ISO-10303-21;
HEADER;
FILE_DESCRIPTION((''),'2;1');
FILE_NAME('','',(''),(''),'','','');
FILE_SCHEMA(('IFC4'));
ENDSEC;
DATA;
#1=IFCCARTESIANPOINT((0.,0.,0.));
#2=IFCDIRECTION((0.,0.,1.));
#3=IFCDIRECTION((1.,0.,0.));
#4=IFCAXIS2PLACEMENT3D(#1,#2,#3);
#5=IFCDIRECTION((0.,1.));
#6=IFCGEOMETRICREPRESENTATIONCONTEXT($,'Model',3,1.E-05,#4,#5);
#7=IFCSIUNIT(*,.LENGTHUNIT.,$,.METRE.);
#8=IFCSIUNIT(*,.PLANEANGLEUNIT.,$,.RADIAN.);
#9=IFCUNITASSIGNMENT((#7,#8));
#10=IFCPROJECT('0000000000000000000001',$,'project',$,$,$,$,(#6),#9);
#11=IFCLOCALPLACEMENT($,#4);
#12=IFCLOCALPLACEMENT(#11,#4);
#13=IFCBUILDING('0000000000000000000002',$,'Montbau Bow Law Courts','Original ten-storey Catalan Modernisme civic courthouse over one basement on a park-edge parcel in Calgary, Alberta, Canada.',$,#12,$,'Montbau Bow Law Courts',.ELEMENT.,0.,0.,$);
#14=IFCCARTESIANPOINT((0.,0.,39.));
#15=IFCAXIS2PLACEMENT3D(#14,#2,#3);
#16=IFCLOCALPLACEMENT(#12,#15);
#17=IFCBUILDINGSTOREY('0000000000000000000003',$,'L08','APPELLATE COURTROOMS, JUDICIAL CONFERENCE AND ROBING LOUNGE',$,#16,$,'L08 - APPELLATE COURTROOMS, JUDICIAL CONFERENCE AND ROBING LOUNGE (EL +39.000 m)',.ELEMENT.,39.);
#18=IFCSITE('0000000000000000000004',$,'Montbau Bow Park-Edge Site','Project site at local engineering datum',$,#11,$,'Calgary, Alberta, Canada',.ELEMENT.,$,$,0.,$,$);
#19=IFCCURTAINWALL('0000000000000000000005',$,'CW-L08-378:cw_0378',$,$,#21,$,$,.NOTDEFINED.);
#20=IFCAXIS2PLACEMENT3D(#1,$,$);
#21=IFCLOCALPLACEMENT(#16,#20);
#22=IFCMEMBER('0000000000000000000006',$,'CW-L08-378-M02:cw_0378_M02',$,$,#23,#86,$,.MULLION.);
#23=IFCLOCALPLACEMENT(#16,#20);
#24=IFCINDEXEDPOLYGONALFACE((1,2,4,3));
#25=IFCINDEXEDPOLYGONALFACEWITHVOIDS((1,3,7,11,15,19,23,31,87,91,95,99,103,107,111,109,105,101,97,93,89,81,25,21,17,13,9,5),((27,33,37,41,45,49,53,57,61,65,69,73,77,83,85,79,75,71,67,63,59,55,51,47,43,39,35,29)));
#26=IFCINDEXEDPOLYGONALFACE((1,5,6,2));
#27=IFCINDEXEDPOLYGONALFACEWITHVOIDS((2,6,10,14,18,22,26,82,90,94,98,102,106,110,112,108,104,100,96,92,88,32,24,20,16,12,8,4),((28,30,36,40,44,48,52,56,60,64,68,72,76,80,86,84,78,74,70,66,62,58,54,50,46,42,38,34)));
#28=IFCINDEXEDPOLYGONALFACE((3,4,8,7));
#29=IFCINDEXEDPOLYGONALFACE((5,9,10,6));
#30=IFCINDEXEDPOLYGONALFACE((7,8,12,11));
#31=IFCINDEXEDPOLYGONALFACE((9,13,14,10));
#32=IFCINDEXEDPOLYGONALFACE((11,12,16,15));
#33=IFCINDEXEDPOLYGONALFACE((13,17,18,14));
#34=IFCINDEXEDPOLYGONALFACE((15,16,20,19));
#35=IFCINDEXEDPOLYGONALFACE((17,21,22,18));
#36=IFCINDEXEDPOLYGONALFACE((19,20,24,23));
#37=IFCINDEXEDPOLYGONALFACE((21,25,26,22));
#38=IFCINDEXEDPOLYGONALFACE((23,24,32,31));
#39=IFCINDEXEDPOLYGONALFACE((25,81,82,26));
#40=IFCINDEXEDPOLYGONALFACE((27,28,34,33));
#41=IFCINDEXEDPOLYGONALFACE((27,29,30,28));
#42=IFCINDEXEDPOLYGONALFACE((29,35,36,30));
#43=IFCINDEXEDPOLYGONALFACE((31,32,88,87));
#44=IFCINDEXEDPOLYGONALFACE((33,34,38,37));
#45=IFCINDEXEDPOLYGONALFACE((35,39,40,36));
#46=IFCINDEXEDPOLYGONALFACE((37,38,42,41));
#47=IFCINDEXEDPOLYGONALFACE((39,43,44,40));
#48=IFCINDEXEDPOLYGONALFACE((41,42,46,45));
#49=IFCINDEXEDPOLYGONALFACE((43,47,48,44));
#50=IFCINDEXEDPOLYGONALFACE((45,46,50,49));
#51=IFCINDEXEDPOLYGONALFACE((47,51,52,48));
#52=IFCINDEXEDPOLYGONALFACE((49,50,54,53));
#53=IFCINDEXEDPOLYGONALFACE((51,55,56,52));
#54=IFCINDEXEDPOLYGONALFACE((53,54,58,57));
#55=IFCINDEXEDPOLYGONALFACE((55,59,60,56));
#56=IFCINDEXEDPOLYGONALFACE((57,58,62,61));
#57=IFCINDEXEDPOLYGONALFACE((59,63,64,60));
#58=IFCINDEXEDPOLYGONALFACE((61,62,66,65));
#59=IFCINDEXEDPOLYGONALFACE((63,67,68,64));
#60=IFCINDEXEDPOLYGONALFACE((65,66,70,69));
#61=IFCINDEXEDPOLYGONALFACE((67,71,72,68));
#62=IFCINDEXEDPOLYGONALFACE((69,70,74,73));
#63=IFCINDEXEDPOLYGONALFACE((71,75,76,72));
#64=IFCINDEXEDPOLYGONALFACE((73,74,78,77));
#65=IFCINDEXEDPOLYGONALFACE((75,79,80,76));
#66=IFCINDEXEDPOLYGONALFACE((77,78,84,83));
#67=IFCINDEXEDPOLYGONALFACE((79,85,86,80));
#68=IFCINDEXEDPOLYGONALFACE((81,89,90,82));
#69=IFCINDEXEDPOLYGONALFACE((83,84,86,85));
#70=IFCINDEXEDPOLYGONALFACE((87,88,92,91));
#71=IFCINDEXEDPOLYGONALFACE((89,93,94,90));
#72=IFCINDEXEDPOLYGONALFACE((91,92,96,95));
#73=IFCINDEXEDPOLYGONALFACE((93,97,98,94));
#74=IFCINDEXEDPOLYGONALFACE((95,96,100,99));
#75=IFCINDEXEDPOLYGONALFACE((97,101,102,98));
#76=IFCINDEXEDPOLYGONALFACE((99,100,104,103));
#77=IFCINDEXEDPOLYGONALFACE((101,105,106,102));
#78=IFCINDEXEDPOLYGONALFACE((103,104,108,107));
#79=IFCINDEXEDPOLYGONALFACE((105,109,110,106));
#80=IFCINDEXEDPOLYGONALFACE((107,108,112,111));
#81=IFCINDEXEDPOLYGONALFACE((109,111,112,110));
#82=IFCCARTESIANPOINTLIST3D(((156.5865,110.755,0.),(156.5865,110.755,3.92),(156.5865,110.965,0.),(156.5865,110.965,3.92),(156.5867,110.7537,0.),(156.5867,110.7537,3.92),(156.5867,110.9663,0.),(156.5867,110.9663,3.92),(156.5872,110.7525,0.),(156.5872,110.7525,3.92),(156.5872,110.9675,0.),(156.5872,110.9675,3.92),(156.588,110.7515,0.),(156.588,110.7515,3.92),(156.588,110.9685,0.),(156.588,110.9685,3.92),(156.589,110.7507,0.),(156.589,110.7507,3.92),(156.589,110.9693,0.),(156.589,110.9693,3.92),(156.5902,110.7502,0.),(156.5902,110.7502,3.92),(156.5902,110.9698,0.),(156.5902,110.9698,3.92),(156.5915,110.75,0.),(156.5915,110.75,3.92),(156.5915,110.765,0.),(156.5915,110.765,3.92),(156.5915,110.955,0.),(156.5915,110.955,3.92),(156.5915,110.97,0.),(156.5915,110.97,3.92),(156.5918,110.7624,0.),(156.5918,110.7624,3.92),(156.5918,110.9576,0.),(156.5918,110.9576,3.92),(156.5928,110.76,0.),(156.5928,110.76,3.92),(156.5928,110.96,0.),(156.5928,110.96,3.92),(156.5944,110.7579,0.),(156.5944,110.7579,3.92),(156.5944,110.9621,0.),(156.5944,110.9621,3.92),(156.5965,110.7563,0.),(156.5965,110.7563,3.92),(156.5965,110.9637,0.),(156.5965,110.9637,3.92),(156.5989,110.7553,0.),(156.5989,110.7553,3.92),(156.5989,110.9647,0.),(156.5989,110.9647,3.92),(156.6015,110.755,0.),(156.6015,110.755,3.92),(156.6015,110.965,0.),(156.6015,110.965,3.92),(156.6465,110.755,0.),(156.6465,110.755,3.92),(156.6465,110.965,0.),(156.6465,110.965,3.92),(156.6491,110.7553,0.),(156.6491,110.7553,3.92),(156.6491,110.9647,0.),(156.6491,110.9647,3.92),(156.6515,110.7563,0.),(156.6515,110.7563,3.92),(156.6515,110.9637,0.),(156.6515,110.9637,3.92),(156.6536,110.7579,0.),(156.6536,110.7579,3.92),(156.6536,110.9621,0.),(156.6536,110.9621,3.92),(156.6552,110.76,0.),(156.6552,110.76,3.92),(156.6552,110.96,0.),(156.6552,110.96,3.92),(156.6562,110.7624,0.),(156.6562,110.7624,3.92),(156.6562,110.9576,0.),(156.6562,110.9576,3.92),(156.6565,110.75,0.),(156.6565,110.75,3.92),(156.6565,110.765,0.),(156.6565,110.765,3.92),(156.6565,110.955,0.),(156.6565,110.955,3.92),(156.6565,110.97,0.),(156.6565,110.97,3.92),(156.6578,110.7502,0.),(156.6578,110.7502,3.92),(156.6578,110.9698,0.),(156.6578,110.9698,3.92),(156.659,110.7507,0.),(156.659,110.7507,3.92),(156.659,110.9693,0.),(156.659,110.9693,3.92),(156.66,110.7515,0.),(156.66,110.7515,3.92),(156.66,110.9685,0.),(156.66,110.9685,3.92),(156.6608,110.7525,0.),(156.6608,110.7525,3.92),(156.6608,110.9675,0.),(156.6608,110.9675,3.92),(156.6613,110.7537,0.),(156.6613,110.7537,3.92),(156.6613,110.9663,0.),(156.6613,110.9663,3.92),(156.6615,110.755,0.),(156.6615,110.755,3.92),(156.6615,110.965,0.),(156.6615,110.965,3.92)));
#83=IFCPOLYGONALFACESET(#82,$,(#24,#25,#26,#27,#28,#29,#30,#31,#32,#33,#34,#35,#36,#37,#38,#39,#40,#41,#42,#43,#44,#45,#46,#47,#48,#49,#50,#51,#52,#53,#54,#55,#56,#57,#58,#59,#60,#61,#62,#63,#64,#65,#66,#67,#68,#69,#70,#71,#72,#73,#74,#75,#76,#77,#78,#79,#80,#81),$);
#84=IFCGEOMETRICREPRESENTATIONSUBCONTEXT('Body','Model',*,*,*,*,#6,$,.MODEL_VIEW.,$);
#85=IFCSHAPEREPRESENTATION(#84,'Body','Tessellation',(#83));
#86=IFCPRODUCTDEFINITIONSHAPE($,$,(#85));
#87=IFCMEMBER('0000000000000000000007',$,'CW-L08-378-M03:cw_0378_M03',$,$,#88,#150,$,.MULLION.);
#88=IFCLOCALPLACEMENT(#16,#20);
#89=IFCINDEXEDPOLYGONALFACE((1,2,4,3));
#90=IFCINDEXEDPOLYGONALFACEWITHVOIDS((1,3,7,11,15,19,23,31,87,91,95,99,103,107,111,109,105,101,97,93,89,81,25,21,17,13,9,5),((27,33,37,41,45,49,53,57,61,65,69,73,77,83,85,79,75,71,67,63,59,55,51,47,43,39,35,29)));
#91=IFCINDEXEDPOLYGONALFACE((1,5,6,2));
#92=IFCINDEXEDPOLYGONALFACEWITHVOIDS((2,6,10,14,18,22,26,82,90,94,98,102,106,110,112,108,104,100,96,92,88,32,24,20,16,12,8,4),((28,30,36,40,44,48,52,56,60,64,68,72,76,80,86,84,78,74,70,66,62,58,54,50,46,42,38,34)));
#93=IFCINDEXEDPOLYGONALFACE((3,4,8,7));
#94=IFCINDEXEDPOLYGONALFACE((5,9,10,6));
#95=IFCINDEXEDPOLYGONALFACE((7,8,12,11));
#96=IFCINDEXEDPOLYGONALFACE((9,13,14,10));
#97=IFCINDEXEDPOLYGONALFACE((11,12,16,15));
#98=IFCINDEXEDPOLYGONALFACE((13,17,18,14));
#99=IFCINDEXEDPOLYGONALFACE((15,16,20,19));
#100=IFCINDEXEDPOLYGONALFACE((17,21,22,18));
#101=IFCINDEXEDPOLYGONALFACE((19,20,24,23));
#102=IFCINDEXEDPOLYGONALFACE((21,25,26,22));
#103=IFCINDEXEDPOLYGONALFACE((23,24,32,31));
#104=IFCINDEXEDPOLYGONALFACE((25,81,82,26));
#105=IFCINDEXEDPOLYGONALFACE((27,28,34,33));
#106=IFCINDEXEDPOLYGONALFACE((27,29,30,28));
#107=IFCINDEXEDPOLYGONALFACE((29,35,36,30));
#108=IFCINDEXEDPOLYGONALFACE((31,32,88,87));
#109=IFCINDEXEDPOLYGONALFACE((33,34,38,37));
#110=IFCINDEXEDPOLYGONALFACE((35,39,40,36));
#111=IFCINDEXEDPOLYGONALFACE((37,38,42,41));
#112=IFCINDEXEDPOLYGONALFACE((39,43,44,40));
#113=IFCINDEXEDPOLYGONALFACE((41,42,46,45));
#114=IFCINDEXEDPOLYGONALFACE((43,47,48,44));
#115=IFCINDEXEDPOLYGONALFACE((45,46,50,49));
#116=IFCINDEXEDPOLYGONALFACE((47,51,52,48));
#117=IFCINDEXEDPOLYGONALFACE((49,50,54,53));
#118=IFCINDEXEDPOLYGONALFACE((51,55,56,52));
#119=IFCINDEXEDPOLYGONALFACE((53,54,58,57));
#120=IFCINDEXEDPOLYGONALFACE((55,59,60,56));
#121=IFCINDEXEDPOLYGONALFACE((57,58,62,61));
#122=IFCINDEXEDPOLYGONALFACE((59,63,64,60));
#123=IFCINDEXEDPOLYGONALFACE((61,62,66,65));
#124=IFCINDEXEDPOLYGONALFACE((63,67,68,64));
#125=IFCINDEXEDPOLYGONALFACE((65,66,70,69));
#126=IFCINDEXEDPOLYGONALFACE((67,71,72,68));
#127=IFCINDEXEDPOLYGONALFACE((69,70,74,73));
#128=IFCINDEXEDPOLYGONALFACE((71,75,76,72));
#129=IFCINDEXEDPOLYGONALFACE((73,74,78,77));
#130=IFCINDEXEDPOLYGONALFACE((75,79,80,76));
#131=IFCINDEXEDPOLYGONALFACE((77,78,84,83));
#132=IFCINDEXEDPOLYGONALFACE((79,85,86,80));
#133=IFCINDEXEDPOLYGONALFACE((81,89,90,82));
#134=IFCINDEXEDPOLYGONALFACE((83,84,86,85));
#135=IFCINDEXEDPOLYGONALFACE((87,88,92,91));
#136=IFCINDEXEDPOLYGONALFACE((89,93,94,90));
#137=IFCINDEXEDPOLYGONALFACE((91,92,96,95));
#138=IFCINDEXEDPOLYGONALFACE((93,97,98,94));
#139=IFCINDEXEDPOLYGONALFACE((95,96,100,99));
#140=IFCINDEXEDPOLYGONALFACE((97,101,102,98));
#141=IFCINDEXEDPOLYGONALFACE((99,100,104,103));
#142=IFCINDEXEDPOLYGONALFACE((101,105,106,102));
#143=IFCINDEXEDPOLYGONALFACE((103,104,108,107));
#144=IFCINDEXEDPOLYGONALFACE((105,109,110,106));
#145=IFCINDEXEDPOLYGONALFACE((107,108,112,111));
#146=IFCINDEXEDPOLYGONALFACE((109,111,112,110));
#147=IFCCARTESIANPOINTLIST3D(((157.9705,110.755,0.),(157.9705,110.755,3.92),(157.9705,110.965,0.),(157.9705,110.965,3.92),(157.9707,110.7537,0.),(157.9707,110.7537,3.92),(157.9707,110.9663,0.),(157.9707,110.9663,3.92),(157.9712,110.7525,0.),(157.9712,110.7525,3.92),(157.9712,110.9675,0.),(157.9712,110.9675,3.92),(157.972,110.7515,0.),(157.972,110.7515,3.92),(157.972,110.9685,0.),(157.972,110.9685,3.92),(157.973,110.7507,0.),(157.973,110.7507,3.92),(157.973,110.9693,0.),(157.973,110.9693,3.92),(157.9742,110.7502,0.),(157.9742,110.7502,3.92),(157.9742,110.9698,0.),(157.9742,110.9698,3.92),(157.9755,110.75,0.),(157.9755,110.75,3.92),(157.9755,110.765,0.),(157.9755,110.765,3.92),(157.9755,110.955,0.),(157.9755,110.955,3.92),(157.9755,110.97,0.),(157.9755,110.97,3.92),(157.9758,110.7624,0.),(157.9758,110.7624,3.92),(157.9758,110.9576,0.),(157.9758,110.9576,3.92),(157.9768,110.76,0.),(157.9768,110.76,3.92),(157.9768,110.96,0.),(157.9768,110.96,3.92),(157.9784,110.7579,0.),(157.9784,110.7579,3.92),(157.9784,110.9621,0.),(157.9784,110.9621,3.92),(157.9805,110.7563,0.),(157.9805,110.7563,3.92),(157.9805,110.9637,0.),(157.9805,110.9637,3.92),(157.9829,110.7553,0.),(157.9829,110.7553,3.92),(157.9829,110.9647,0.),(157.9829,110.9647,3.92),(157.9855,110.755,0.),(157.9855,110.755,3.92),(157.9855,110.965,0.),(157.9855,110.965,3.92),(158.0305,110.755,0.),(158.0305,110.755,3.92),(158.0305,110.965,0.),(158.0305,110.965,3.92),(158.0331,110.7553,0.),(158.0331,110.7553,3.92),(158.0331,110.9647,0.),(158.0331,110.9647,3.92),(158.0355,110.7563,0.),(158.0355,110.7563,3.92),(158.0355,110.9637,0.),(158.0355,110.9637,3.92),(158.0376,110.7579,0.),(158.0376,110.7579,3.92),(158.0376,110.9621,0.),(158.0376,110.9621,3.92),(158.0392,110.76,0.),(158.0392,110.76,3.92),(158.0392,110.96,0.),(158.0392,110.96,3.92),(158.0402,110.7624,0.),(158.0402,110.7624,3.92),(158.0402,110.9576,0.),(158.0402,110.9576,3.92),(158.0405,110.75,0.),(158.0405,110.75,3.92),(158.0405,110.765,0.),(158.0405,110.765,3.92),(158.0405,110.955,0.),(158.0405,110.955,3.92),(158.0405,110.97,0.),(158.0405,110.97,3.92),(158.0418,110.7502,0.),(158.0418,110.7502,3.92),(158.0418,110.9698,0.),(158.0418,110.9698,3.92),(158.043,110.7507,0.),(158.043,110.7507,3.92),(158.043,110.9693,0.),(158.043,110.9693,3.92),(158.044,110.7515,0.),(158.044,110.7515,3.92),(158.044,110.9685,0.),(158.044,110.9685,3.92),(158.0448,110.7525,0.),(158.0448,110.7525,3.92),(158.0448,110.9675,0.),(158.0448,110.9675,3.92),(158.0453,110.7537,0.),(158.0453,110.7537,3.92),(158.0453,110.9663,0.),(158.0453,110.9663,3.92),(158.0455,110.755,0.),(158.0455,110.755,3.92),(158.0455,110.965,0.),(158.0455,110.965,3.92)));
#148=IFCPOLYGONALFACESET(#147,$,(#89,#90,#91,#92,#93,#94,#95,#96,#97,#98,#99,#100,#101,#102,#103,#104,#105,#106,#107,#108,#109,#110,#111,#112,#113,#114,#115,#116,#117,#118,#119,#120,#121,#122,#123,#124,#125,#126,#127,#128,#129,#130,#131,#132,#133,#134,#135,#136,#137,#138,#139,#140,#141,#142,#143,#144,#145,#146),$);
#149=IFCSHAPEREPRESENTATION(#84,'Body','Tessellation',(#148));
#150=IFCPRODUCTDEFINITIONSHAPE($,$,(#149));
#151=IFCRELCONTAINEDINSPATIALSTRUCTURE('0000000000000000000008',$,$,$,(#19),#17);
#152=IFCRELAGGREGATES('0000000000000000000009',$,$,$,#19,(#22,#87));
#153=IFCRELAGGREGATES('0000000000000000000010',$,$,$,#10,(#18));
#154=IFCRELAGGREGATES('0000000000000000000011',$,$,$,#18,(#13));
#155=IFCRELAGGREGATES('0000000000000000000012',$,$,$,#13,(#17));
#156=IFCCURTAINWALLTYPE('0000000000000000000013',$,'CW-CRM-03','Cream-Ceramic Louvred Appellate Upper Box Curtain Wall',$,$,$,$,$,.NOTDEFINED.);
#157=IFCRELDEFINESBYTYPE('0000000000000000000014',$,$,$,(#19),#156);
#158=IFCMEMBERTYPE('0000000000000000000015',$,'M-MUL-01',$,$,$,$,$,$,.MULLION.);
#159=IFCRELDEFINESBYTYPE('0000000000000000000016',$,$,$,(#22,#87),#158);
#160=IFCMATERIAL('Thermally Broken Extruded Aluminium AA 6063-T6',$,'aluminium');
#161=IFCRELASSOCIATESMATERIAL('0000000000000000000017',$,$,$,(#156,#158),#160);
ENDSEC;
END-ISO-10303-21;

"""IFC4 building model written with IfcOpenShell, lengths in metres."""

from ifc_helpers import new_model, si_unit, direction, frame, origin_with_axes, origin_2d_with_axis, place, context, subcontext, project, spatial, hollow_rectangle, extrude, material, material_profile, profile_set, type_object, element, aggregate, save


model = new_model("IFC4")

# Units and contexts
model_context = context("Model", 3, precision=1e-05, world=origin_with_axes(), true_north=direction((0.0, 1.0)))
body_context = subcontext(model_context, "Body", "Model", "MODEL_VIEW")
ifc_project = project(units=[si_unit("LENGTHUNIT", "METRE"), si_unit("PLANEANGLEUNIT", "RADIAN")], contexts=[model_context])

# Site, building, storey
site_placement = place(None, origin_with_axes())
site = spatial("IfcSite", under=ifc_project, at=site_placement, Name="Montbau Bow Park-Edge Site", Description="Project site at local engineering datum", LongName="Calgary, Alberta, Canada", CompositionType="ELEMENT", RefElevation=0.0)
building_placement = place(site_placement, origin_with_axes())
building = spatial("IfcBuilding", under=site, at=building_placement, Name="Montbau Bow Law Courts", Description="Original ten-storey Catalan Modernisme civic courthouse over one basement on a park-edge parcel in Calgary, Alberta, Canada.", LongName="Montbau Bow Law Courts", CompositionType="ELEMENT", ElevationOfRefHeight=0.0, ElevationOfTerrain=0.0)
storey_placement = place(building_placement, frame((0.0, 0.0, 39.0), z_axis=(0.0, 0.0, 1.0), x_axis=(1.0, 0.0, 0.0)))
storey = spatial("IfcBuildingStorey", under=building, at=storey_placement, Name="L08", Description="APPELLATE COURTROOMS, JUDICIAL CONFERENCE AND ROBING LOUNGE", LongName="L08 - APPELLATE COURTROOMS, JUDICIAL CONFERENCE AND ROBING LOUNGE (EL +39.000 m)", CompositionType="ELEMENT", Elevation=39.0)

# Curtain wall, members
ifc_material_1 = material(Name="Thermally Broken Extruded Aluminium AA 6063-T6", Category="aluminium")
curtain_wall_type = type_object("IfcCurtainWallType", Name="CW-CRM-03", Description="Cream-Ceramic Louvred Appellate Upper Box Curtain Wall", PredefinedType="NOTDEFINED", material=ifc_material_1)
curtain_wall_1_placement = place(None, frame((155.24, 110.86, 39.0), z_axis=(0.0, 0.0, 1.0), x_axis=(1.0, 0.0, 0.0)))
curtain_wall_1 = element("IfcCurtainWall", 1, at=curtain_wall_1_placement, inside=storey, type_object=curtain_wall_type, Name="CW-L08-378:cw_0378", PredefinedType="NOTDEFINED")
ifc_material_profile_1 = material_profile(ifc_material_1, hollow_rectangle(XDim=0.075, YDim=0.22, WallThickness=0.005, InnerFilletRadius=0.01, OuterFilletRadius=0.005, at=origin_2d_with_axis()), Name="CWM-220X75", Category="Main", Priority=0)
ifc_profile_set_1 = profile_set([ifc_material_profile_1], Name="Thermally Broken Extruded Aluminium AA 6063-T6")
member_type_1 = type_object("IfcMemberType", Name="M-MUL-01", PredefinedType="MULLION", material=ifc_profile_set_1)
member_1_placement = place(None, frame((156.624, 110.86, 39.0), z_axis=(0.0, 0.0, 1.0), x_axis=(1.0, 0.0, 0.0)))
member_1 = element("IfcMember", 2, at=member_1_placement, type_object=member_type_1, Name="CW-L08-378-M02:cw_0378_M02", PredefinedType="MULLION", context=body_context, shape_type="SweptSolid", body=[
    extrude(hollow_rectangle(XDim=0.075, YDim=0.22, WallThickness=0.005, InnerFilletRadius=0.01, OuterFilletRadius=0.005, at=origin_2d_with_axis()), origin_with_axes(), (0.0, 0.0, 1.0), 3.92),
])
member_2_placement = place(None, frame((158.008, 110.86, 39.0), z_axis=(0.0, 0.0, 1.0), x_axis=(1.0, 0.0, 0.0)))
member_2 = element("IfcMember", 3, at=member_2_placement, type_object=member_type_1, Name="CW-L08-378-M03:cw_0378_M03", PredefinedType="MULLION", context=body_context, shape_type="SweptSolid", body=[
    extrude(hollow_rectangle(XDim=0.075, YDim=0.22, WallThickness=0.005, InnerFilletRadius=0.01, OuterFilletRadius=0.005, at=origin_2d_with_axis()), origin_with_axes(), (0.0, 0.0, 1.0), 3.92),
])

aggregate(curtain_wall_1, [member_1, member_2])

save(model, "model.ifc")
